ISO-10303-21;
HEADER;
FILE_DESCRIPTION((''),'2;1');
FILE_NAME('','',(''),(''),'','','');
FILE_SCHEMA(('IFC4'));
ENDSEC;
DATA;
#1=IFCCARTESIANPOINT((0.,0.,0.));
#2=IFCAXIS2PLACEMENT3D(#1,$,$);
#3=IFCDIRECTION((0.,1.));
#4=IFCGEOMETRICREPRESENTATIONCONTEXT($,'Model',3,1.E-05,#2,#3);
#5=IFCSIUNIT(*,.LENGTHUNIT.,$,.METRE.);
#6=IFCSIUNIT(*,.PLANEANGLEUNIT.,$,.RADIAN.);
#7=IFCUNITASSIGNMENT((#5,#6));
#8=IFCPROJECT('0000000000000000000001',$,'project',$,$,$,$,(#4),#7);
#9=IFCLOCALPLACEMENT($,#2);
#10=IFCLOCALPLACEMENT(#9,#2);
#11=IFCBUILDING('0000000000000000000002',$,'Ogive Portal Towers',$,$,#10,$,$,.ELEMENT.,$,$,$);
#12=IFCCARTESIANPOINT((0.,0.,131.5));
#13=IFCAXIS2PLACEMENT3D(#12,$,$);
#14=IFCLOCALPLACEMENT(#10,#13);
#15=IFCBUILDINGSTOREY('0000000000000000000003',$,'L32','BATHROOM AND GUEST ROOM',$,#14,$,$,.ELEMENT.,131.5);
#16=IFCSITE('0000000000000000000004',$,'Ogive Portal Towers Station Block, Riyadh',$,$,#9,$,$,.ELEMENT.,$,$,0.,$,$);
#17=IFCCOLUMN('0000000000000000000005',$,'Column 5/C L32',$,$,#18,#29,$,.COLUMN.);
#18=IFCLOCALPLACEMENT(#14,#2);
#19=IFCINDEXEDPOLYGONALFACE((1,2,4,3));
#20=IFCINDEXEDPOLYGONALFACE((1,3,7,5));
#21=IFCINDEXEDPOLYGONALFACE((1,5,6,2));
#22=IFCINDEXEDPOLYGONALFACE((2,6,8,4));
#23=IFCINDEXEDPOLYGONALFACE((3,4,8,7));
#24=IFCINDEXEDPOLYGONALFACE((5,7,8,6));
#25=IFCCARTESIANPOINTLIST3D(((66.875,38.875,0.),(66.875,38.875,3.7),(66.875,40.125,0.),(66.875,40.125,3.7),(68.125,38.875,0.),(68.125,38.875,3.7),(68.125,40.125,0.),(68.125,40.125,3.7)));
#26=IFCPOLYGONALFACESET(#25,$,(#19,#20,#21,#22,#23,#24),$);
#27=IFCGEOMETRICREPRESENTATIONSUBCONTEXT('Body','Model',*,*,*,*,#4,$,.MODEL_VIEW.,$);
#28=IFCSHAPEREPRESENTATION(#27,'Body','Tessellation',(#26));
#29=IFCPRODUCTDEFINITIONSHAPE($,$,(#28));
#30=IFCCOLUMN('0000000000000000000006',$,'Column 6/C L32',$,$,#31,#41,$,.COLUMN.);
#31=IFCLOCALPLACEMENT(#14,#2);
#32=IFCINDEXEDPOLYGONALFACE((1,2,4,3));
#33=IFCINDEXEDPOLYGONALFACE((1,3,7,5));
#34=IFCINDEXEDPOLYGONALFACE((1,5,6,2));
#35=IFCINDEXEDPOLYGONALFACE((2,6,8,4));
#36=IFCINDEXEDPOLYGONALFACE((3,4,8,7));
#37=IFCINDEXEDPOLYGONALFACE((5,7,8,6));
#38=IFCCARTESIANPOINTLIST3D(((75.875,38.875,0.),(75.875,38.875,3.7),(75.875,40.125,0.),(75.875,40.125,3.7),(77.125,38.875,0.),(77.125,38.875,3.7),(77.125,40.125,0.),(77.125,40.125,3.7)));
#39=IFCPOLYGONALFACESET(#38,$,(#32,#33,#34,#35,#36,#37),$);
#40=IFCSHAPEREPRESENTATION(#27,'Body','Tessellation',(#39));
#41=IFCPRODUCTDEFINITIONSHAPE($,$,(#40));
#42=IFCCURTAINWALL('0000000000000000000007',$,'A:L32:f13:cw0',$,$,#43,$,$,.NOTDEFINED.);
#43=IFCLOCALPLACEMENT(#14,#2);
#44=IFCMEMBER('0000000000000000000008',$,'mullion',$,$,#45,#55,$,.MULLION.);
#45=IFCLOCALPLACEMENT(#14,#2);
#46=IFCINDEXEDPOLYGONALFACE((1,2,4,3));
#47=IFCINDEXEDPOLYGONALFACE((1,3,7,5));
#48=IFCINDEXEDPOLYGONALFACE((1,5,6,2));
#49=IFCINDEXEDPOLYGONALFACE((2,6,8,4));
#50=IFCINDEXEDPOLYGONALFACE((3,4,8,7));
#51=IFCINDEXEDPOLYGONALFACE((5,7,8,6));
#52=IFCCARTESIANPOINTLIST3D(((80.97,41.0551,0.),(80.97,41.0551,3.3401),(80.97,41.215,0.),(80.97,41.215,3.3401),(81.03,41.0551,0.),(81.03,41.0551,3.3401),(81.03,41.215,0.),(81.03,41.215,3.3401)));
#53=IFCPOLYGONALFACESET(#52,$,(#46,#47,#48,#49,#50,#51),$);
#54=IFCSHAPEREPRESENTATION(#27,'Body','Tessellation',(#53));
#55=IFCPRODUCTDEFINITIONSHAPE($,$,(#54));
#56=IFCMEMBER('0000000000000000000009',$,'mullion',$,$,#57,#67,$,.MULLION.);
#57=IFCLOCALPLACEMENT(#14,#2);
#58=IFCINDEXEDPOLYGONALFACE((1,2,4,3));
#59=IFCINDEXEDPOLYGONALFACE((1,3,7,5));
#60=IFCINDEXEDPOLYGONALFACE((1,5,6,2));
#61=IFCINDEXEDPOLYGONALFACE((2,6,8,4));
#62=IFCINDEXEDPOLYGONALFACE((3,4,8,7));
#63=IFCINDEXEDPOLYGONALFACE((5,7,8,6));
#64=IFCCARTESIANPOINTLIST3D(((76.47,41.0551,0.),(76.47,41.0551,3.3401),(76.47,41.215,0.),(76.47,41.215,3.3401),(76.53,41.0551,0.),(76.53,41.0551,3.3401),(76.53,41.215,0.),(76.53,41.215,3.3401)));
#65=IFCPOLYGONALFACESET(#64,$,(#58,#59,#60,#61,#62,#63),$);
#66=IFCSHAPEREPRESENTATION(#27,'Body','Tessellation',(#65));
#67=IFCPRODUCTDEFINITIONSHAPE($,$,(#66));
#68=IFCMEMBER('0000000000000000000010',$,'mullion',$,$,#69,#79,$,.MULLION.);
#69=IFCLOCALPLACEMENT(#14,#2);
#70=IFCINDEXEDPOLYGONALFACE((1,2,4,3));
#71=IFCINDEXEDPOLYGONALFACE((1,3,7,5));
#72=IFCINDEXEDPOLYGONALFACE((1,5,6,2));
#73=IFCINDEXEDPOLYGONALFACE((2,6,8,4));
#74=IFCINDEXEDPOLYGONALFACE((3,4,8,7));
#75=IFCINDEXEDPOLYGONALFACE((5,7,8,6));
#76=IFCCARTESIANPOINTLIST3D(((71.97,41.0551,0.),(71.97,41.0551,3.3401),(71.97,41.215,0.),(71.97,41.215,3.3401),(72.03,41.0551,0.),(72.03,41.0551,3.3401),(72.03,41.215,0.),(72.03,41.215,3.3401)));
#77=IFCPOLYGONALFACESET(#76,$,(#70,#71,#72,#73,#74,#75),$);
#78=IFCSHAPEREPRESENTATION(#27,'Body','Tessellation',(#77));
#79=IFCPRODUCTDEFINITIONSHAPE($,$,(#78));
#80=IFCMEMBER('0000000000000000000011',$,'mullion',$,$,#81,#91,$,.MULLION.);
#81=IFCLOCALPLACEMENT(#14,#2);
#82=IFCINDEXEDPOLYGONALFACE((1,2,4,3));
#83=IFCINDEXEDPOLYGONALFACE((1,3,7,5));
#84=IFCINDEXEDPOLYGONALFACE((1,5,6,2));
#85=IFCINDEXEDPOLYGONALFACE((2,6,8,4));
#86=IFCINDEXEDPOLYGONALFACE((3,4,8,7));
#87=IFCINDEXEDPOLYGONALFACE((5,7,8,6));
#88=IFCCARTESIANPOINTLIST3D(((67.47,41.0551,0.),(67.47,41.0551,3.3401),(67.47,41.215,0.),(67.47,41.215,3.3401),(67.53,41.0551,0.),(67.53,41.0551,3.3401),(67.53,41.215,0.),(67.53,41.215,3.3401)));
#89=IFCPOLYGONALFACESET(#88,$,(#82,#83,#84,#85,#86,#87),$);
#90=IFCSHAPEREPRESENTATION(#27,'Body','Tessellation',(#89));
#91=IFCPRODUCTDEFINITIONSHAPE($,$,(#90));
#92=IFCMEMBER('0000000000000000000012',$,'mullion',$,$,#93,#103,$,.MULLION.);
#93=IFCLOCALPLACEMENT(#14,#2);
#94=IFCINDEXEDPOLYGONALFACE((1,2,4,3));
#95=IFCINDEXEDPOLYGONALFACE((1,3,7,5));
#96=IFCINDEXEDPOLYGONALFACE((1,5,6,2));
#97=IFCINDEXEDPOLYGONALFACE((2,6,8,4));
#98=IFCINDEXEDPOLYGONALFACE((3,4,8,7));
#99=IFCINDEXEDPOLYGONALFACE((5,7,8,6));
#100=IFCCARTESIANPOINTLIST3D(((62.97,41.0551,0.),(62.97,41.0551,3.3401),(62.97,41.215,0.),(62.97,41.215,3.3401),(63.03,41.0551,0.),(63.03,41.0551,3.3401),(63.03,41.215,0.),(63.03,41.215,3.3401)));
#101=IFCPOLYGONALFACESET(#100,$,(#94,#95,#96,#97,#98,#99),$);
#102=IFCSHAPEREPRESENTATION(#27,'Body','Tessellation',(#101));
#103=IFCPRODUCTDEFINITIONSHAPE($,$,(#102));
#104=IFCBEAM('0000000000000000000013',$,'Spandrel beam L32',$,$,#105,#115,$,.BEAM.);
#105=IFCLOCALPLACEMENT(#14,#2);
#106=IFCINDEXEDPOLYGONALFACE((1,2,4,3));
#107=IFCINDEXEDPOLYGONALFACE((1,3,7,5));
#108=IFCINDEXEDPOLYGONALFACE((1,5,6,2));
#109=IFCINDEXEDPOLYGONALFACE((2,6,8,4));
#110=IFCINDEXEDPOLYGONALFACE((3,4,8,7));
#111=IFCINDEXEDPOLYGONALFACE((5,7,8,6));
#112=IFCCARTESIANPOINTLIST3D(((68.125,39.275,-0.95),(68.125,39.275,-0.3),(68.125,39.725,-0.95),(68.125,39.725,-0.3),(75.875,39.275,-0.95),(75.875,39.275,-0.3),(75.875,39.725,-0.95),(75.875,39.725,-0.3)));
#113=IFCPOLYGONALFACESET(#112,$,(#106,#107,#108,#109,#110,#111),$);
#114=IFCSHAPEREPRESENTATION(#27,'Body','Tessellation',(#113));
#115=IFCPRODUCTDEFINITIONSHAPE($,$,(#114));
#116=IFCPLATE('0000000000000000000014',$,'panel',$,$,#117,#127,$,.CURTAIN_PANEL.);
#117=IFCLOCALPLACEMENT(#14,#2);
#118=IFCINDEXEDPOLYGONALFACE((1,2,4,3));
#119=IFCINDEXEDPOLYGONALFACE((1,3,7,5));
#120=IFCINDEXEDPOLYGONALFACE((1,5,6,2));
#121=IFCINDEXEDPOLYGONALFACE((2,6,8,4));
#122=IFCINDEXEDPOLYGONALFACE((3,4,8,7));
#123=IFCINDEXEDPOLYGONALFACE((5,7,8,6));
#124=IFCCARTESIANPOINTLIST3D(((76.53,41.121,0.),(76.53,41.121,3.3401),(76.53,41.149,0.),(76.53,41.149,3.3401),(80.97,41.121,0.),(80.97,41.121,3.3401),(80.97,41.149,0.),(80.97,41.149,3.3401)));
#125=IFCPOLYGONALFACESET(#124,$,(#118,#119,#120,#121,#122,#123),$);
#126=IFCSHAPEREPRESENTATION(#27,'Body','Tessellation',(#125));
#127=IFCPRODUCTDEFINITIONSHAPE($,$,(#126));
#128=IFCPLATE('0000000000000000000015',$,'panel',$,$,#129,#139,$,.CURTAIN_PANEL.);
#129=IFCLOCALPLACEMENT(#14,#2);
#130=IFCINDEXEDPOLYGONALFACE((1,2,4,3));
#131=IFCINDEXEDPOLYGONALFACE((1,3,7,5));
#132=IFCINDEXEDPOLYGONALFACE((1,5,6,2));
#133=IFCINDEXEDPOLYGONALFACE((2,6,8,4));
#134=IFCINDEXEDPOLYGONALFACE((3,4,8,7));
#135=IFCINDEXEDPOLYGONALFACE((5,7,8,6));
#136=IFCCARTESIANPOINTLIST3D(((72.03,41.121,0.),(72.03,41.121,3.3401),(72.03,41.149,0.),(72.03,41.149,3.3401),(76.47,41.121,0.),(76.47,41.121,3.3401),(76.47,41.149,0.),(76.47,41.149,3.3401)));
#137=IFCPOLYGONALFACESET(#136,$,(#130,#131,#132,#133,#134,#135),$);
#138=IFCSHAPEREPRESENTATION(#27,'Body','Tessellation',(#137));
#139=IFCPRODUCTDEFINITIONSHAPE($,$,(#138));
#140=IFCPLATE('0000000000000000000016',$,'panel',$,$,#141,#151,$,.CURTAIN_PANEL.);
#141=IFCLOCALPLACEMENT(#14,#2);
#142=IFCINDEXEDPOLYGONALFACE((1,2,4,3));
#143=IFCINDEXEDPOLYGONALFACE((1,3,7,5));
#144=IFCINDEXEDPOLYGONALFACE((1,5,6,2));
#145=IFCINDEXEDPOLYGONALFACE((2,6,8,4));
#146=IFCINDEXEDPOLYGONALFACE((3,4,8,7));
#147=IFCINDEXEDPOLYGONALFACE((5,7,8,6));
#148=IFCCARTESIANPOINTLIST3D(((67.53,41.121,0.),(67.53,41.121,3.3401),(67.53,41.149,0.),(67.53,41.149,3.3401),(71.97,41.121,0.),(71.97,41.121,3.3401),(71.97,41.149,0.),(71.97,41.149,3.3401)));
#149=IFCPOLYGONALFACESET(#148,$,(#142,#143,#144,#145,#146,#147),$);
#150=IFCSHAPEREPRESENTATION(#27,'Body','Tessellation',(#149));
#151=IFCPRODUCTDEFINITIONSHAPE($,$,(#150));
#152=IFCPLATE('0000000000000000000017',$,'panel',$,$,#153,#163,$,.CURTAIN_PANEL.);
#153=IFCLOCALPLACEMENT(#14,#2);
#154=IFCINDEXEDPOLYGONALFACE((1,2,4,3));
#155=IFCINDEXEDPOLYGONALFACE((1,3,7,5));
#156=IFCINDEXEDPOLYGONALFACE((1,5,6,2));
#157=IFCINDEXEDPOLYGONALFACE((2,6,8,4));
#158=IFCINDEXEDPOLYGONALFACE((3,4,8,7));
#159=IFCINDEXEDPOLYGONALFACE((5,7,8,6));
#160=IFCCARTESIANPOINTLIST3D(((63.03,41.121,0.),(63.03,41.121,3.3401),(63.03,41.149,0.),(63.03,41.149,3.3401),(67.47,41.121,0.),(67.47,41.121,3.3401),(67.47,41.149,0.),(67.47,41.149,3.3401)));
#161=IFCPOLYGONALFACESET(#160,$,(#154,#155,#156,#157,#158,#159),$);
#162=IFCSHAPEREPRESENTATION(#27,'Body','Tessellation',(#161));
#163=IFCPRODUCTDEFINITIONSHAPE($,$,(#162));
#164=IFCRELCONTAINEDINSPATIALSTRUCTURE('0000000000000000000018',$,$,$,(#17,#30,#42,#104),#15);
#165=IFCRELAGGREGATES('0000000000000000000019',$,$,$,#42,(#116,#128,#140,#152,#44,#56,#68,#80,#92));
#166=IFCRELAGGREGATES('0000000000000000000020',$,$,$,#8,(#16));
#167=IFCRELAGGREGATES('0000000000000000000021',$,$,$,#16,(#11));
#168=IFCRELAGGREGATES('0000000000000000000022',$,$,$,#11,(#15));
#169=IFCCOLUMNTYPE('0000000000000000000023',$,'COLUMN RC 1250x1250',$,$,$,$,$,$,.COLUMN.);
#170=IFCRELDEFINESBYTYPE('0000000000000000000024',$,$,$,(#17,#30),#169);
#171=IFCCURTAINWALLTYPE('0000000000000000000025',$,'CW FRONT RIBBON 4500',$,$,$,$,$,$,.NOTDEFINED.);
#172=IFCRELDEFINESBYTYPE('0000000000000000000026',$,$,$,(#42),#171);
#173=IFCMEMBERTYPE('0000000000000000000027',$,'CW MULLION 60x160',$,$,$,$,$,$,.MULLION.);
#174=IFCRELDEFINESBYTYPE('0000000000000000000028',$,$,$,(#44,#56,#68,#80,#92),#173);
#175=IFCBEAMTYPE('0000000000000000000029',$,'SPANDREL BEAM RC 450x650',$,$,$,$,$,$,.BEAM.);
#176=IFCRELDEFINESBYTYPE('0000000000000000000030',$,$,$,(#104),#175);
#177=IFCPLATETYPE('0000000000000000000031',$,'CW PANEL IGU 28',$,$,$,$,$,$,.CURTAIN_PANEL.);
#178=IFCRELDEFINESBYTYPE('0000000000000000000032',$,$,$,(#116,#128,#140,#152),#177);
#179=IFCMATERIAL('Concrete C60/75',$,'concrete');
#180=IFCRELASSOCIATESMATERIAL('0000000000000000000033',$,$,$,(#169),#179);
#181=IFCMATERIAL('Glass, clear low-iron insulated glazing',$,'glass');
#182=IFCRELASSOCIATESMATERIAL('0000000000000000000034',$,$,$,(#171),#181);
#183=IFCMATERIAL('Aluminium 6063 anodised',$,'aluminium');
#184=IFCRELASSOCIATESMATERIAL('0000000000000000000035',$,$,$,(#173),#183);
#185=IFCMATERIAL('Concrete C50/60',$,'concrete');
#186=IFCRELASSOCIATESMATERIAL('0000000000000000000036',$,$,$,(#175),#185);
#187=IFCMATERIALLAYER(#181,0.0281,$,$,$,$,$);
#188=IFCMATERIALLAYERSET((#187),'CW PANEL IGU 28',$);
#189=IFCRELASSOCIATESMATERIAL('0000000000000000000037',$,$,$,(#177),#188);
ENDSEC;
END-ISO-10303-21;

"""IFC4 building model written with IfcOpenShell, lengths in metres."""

from ifc_helpers import new_model, si_unit, direction, frame, origin, origin_2d, place, context, subcontext, project, spatial, rectangle, extrude, material, layer, layer_set, material_profile, profile_set, type_object, element, aggregate, save


model = new_model("IFC4")

# Units and contexts
model_context = context("Model", 3, precision=1e-05, world=origin(), true_north=direction((0.0, 1.0)))
body_context = subcontext(model_context, "Body", "Model", "MODEL_VIEW")
ifc_project = project(units=[si_unit("LENGTHUNIT", "METRE"), si_unit("PLANEANGLEUNIT", "RADIAN")], contexts=[model_context])

# Site, building, storey
site_placement = place(None, origin())
site = spatial("IfcSite", under=ifc_project, at=site_placement, Name="Ogive Portal Towers Station Block, Riyadh", CompositionType="ELEMENT", RefElevation=0.0)
building_placement = place(site_placement, origin())
building = spatial("IfcBuilding", under=site, at=building_placement, Name="Ogive Portal Towers", CompositionType="ELEMENT")
storey_placement = place(building_placement, frame((0.0, 0.0, 131.5)))
storey = spatial("IfcBuildingStorey", under=building, at=storey_placement, Name="L32", Description="BATHROOM AND GUEST ROOM", CompositionType="ELEMENT", Elevation=131.5)

# Columns
ifc_material_1 = material(Name="Concrete C60/75", Category="concrete")
ifc_material_profile_1 = material_profile(ifc_material_1, rectangle(XDim=1.25, YDim=1.25, at=origin_2d()), Name="RC 1250x1250")
ifc_profile_set_1 = profile_set([ifc_material_profile_1], Name="Concrete C60/75")
column_type = type_object("IfcColumnType", Name="COLUMN RC 1250x1250", PredefinedType="COLUMN", material=ifc_profile_set_1)
for number, where, z_axis, x_axis, name in (
    (1, (67.5, 39.5, 0.0), (0.0, 0.0, 1.0), (1.0, 0.0, 0.0), "Column 5/C L32"),
    (2, (76.5, 39.5, 0.0), (0.0, 0.0, 1.0), (1.0, 0.0, 0.0), "Column 6/C L32"),
):
    element("IfcColumn", number, at=place(storey_placement, frame(where, z_axis=z_axis, x_axis=x_axis)), inside=storey, type_object=column_type, Name=name, PredefinedType="COLUMN", context=body_context, shape_type="SweptSolid", body=[
        extrude(rectangle(XDim=1.25, YDim=1.25, at=origin_2d()), origin(), (0.0, 0.0, 1.0), 3.7),
    ])

# Curtain wall, members
ifc_material_2 = material(Name="Glass, clear low-iron insulated glazing", Category="glass")
curtain_wall_type = type_object("IfcCurtainWallType", Name="CW FRONT RIBBON 4500", PredefinedType="NOTDEFINED", material=ifc_material_2)
curtain_wall_placement = place(storey_placement, origin())
curtain_wall = element("IfcCurtainWall", 3, at=curtain_wall_placement, inside=storey, type_object=curtain_wall_type, Name="A:L32:f13:cw0", PredefinedType="NOTDEFINED")
ifc_material_3 = material(Name="Aluminium 6063 anodised", Category="aluminium")
ifc_material_profile_2 = material_profile(ifc_material_3, rectangle(XDim=0.1599, YDim=0.0601, at=origin_2d()), Name="AL 60x160")
ifc_profile_set_2 = profile_set([ifc_material_profile_2], Name="Aluminium 6063 anodised")
member_type = type_object("IfcMemberType", Name="CW MULLION 60x160", PredefinedType="MULLION", material=ifc_profile_set_2)
member_1_placement = place(storey_placement, frame((81.0, 41.135, 0.0), z_axis=(0.0, 0.0, 1.0), x_axis=(0.0, -1.0, 0.0)))
member_1 = element("IfcMember", 4, at=member_1_placement, type_object=member_type, Name="mullion", PredefinedType="MULLION", context=body_context, shape_type="SweptSolid", body=[
    extrude(rectangle(XDim=0.1599, YDim=0.0601, at=origin_2d()), origin(), (0.0, 0.0, 1.0), 3.3401),
])
member_2_placement = place(storey_placement, frame((76.5, 41.135, 0.0), z_axis=(0.0, 0.0, 1.0), x_axis=(0.0, -1.0, 0.0)))
member_2 = element("IfcMember", 5, at=member_2_placement, type_object=member_type, Name="mullion", PredefinedType="MULLION", context=body_context, shape_type="SweptSolid", body=[
    extrude(rectangle(XDim=0.1599, YDim=0.0601, at=origin_2d()), origin(), (0.0, 0.0, 1.0), 3.3401),
])
member_3_placement = place(storey_placement, frame((72.0, 41.135, 0.0), z_axis=(0.0, 0.0, 1.0), x_axis=(0.0, -1.0, 0.0)))
member_3 = element("IfcMember", 6, at=member_3_placement, type_object=member_type, Name="mullion", PredefinedType="MULLION", context=body_context, shape_type="SweptSolid", body=[
    extrude(rectangle(XDim=0.1599, YDim=0.0601, at=origin_2d()), origin(), (0.0, 0.0, 1.0), 3.3401),
])
member_4_placement = place(storey_placement, frame((67.5, 41.135, 0.0), z_axis=(0.0, 0.0, 1.0), x_axis=(0.0, -1.0, 0.0)))
member_4 = element("IfcMember", 7, at=member_4_placement, type_object=member_type, Name="mullion", PredefinedType="MULLION", context=body_context, shape_type="SweptSolid", body=[
    extrude(rectangle(XDim=0.1599, YDim=0.0601, at=origin_2d()), origin(), (0.0, 0.0, 1.0), 3.3401),
])
member_5_placement = place(storey_placement, frame((63.0, 41.135, 0.0), z_axis=(0.0, 0.0, 1.0), x_axis=(0.0, -1.0, 0.0)))
member_5 = element("IfcMember", 8, at=member_5_placement, type_object=member_type, Name="mullion", PredefinedType="MULLION", context=body_context, shape_type="SweptSolid", body=[
    extrude(rectangle(XDim=0.1599, YDim=0.0601, at=origin_2d()), origin(), (0.0, 0.0, 1.0), 3.3401),
])

# Beam
ifc_material_4 = material(Name="Concrete C50/60", Category="concrete")
ifc_material_profile_3 = material_profile(ifc_material_4, rectangle(XDim=0.45, YDim=0.6499, at=origin_2d()), Name="RC 450x650")
ifc_profile_set_3 = profile_set([ifc_material_profile_3], Name="Concrete C50/60")
beam_type = type_object("IfcBeamType", Name="SPANDREL BEAM RC 450x650", PredefinedType="BEAM", material=ifc_profile_set_3)
beam_placement = place(storey_placement, frame((68.125, 39.5, -0.625), z_axis=(1.0, 0.0, 0.0), x_axis=(0.0, 1.0, 0.0)))
element("IfcBeam", 9, at=beam_placement, inside=storey, type_object=beam_type, Name="Spandrel beam L32", PredefinedType="BEAM", context=body_context, shape_type="SweptSolid", body=[
    extrude(rectangle(XDim=0.45, YDim=0.6499, at=origin_2d()), origin(), (0.0, 0.0, 1.0), 7.75),
])

# Plates
ifc_layer_1 = layer(ifc_material_2, 0.0281)
ifc_layer_set_1 = layer_set([ifc_layer_1], Name="CW PANEL IGU 28")
plate_type = type_object("IfcPlateType", Name="CW PANEL IGU 28", PredefinedType="CURTAIN_PANEL", material=ifc_layer_set_1)
plate_1_placement = place(storey_placement, frame((78.75, 41.135, 0.0), z_axis=(0.0, 0.0, 1.0), x_axis=(-1.0, 0.0, 0.0)))
plate_1 = element("IfcPlate", 10, at=plate_1_placement, type_object=plate_type, Name="panel", PredefinedType="CURTAIN_PANEL", context=body_context, shape_type="SweptSolid", body=[
    extrude(rectangle(XDim=4.4399, YDim=0.0281, at=origin_2d()), origin(), (0.0, 0.0, 1.0), 3.3401),
])
plate_2_placement = place(storey_placement, frame((74.25, 41.135, 0.0), z_axis=(0.0, 0.0, 1.0), x_axis=(-1.0, 0.0, 0.0)))
plate_2 = element("IfcPlate", 11, at=plate_2_placement, type_object=plate_type, Name="panel", PredefinedType="CURTAIN_PANEL", context=body_context, shape_type="SweptSolid", body=[
    extrude(rectangle(XDim=4.4399, YDim=0.0281, at=origin_2d()), origin(), (0.0, 0.0, 1.0), 3.3401),
])
plate_3_placement = place(storey_placement, frame((69.75, 41.135, 0.0), z_axis=(0.0, 0.0, 1.0), x_axis=(-1.0, 0.0, 0.0)))
plate_3 = element("IfcPlate", 12, at=plate_3_placement, type_object=plate_type, Name="panel", PredefinedType="CURTAIN_PANEL", context=body_context, shape_type="SweptSolid", body=[
    extrude(rectangle(XDim=4.4399, YDim=0.0281, at=origin_2d()), origin(), (0.0, 0.0, 1.0), 3.3401),
])
plate_4_placement = place(storey_placement, frame((65.25, 41.135, 0.0), z_axis=(0.0, 0.0, 1.0), x_axis=(-1.0, 0.0, 0.0)))
plate_4 = element("IfcPlate", 13, at=plate_4_placement, type_object=plate_type, Name="panel", PredefinedType="CURTAIN_PANEL", context=body_context, shape_type="SweptSolid", body=[
    extrude(rectangle(XDim=4.4399, YDim=0.0281, at=origin_2d()), origin(), (0.0, 0.0, 1.0), 3.3401),
])
aggregate(curtain_wall, [plate_1, plate_2, plate_3, plate_4, member_1, member_2, member_3, member_4, member_5])

save(model, "model.ifc")
